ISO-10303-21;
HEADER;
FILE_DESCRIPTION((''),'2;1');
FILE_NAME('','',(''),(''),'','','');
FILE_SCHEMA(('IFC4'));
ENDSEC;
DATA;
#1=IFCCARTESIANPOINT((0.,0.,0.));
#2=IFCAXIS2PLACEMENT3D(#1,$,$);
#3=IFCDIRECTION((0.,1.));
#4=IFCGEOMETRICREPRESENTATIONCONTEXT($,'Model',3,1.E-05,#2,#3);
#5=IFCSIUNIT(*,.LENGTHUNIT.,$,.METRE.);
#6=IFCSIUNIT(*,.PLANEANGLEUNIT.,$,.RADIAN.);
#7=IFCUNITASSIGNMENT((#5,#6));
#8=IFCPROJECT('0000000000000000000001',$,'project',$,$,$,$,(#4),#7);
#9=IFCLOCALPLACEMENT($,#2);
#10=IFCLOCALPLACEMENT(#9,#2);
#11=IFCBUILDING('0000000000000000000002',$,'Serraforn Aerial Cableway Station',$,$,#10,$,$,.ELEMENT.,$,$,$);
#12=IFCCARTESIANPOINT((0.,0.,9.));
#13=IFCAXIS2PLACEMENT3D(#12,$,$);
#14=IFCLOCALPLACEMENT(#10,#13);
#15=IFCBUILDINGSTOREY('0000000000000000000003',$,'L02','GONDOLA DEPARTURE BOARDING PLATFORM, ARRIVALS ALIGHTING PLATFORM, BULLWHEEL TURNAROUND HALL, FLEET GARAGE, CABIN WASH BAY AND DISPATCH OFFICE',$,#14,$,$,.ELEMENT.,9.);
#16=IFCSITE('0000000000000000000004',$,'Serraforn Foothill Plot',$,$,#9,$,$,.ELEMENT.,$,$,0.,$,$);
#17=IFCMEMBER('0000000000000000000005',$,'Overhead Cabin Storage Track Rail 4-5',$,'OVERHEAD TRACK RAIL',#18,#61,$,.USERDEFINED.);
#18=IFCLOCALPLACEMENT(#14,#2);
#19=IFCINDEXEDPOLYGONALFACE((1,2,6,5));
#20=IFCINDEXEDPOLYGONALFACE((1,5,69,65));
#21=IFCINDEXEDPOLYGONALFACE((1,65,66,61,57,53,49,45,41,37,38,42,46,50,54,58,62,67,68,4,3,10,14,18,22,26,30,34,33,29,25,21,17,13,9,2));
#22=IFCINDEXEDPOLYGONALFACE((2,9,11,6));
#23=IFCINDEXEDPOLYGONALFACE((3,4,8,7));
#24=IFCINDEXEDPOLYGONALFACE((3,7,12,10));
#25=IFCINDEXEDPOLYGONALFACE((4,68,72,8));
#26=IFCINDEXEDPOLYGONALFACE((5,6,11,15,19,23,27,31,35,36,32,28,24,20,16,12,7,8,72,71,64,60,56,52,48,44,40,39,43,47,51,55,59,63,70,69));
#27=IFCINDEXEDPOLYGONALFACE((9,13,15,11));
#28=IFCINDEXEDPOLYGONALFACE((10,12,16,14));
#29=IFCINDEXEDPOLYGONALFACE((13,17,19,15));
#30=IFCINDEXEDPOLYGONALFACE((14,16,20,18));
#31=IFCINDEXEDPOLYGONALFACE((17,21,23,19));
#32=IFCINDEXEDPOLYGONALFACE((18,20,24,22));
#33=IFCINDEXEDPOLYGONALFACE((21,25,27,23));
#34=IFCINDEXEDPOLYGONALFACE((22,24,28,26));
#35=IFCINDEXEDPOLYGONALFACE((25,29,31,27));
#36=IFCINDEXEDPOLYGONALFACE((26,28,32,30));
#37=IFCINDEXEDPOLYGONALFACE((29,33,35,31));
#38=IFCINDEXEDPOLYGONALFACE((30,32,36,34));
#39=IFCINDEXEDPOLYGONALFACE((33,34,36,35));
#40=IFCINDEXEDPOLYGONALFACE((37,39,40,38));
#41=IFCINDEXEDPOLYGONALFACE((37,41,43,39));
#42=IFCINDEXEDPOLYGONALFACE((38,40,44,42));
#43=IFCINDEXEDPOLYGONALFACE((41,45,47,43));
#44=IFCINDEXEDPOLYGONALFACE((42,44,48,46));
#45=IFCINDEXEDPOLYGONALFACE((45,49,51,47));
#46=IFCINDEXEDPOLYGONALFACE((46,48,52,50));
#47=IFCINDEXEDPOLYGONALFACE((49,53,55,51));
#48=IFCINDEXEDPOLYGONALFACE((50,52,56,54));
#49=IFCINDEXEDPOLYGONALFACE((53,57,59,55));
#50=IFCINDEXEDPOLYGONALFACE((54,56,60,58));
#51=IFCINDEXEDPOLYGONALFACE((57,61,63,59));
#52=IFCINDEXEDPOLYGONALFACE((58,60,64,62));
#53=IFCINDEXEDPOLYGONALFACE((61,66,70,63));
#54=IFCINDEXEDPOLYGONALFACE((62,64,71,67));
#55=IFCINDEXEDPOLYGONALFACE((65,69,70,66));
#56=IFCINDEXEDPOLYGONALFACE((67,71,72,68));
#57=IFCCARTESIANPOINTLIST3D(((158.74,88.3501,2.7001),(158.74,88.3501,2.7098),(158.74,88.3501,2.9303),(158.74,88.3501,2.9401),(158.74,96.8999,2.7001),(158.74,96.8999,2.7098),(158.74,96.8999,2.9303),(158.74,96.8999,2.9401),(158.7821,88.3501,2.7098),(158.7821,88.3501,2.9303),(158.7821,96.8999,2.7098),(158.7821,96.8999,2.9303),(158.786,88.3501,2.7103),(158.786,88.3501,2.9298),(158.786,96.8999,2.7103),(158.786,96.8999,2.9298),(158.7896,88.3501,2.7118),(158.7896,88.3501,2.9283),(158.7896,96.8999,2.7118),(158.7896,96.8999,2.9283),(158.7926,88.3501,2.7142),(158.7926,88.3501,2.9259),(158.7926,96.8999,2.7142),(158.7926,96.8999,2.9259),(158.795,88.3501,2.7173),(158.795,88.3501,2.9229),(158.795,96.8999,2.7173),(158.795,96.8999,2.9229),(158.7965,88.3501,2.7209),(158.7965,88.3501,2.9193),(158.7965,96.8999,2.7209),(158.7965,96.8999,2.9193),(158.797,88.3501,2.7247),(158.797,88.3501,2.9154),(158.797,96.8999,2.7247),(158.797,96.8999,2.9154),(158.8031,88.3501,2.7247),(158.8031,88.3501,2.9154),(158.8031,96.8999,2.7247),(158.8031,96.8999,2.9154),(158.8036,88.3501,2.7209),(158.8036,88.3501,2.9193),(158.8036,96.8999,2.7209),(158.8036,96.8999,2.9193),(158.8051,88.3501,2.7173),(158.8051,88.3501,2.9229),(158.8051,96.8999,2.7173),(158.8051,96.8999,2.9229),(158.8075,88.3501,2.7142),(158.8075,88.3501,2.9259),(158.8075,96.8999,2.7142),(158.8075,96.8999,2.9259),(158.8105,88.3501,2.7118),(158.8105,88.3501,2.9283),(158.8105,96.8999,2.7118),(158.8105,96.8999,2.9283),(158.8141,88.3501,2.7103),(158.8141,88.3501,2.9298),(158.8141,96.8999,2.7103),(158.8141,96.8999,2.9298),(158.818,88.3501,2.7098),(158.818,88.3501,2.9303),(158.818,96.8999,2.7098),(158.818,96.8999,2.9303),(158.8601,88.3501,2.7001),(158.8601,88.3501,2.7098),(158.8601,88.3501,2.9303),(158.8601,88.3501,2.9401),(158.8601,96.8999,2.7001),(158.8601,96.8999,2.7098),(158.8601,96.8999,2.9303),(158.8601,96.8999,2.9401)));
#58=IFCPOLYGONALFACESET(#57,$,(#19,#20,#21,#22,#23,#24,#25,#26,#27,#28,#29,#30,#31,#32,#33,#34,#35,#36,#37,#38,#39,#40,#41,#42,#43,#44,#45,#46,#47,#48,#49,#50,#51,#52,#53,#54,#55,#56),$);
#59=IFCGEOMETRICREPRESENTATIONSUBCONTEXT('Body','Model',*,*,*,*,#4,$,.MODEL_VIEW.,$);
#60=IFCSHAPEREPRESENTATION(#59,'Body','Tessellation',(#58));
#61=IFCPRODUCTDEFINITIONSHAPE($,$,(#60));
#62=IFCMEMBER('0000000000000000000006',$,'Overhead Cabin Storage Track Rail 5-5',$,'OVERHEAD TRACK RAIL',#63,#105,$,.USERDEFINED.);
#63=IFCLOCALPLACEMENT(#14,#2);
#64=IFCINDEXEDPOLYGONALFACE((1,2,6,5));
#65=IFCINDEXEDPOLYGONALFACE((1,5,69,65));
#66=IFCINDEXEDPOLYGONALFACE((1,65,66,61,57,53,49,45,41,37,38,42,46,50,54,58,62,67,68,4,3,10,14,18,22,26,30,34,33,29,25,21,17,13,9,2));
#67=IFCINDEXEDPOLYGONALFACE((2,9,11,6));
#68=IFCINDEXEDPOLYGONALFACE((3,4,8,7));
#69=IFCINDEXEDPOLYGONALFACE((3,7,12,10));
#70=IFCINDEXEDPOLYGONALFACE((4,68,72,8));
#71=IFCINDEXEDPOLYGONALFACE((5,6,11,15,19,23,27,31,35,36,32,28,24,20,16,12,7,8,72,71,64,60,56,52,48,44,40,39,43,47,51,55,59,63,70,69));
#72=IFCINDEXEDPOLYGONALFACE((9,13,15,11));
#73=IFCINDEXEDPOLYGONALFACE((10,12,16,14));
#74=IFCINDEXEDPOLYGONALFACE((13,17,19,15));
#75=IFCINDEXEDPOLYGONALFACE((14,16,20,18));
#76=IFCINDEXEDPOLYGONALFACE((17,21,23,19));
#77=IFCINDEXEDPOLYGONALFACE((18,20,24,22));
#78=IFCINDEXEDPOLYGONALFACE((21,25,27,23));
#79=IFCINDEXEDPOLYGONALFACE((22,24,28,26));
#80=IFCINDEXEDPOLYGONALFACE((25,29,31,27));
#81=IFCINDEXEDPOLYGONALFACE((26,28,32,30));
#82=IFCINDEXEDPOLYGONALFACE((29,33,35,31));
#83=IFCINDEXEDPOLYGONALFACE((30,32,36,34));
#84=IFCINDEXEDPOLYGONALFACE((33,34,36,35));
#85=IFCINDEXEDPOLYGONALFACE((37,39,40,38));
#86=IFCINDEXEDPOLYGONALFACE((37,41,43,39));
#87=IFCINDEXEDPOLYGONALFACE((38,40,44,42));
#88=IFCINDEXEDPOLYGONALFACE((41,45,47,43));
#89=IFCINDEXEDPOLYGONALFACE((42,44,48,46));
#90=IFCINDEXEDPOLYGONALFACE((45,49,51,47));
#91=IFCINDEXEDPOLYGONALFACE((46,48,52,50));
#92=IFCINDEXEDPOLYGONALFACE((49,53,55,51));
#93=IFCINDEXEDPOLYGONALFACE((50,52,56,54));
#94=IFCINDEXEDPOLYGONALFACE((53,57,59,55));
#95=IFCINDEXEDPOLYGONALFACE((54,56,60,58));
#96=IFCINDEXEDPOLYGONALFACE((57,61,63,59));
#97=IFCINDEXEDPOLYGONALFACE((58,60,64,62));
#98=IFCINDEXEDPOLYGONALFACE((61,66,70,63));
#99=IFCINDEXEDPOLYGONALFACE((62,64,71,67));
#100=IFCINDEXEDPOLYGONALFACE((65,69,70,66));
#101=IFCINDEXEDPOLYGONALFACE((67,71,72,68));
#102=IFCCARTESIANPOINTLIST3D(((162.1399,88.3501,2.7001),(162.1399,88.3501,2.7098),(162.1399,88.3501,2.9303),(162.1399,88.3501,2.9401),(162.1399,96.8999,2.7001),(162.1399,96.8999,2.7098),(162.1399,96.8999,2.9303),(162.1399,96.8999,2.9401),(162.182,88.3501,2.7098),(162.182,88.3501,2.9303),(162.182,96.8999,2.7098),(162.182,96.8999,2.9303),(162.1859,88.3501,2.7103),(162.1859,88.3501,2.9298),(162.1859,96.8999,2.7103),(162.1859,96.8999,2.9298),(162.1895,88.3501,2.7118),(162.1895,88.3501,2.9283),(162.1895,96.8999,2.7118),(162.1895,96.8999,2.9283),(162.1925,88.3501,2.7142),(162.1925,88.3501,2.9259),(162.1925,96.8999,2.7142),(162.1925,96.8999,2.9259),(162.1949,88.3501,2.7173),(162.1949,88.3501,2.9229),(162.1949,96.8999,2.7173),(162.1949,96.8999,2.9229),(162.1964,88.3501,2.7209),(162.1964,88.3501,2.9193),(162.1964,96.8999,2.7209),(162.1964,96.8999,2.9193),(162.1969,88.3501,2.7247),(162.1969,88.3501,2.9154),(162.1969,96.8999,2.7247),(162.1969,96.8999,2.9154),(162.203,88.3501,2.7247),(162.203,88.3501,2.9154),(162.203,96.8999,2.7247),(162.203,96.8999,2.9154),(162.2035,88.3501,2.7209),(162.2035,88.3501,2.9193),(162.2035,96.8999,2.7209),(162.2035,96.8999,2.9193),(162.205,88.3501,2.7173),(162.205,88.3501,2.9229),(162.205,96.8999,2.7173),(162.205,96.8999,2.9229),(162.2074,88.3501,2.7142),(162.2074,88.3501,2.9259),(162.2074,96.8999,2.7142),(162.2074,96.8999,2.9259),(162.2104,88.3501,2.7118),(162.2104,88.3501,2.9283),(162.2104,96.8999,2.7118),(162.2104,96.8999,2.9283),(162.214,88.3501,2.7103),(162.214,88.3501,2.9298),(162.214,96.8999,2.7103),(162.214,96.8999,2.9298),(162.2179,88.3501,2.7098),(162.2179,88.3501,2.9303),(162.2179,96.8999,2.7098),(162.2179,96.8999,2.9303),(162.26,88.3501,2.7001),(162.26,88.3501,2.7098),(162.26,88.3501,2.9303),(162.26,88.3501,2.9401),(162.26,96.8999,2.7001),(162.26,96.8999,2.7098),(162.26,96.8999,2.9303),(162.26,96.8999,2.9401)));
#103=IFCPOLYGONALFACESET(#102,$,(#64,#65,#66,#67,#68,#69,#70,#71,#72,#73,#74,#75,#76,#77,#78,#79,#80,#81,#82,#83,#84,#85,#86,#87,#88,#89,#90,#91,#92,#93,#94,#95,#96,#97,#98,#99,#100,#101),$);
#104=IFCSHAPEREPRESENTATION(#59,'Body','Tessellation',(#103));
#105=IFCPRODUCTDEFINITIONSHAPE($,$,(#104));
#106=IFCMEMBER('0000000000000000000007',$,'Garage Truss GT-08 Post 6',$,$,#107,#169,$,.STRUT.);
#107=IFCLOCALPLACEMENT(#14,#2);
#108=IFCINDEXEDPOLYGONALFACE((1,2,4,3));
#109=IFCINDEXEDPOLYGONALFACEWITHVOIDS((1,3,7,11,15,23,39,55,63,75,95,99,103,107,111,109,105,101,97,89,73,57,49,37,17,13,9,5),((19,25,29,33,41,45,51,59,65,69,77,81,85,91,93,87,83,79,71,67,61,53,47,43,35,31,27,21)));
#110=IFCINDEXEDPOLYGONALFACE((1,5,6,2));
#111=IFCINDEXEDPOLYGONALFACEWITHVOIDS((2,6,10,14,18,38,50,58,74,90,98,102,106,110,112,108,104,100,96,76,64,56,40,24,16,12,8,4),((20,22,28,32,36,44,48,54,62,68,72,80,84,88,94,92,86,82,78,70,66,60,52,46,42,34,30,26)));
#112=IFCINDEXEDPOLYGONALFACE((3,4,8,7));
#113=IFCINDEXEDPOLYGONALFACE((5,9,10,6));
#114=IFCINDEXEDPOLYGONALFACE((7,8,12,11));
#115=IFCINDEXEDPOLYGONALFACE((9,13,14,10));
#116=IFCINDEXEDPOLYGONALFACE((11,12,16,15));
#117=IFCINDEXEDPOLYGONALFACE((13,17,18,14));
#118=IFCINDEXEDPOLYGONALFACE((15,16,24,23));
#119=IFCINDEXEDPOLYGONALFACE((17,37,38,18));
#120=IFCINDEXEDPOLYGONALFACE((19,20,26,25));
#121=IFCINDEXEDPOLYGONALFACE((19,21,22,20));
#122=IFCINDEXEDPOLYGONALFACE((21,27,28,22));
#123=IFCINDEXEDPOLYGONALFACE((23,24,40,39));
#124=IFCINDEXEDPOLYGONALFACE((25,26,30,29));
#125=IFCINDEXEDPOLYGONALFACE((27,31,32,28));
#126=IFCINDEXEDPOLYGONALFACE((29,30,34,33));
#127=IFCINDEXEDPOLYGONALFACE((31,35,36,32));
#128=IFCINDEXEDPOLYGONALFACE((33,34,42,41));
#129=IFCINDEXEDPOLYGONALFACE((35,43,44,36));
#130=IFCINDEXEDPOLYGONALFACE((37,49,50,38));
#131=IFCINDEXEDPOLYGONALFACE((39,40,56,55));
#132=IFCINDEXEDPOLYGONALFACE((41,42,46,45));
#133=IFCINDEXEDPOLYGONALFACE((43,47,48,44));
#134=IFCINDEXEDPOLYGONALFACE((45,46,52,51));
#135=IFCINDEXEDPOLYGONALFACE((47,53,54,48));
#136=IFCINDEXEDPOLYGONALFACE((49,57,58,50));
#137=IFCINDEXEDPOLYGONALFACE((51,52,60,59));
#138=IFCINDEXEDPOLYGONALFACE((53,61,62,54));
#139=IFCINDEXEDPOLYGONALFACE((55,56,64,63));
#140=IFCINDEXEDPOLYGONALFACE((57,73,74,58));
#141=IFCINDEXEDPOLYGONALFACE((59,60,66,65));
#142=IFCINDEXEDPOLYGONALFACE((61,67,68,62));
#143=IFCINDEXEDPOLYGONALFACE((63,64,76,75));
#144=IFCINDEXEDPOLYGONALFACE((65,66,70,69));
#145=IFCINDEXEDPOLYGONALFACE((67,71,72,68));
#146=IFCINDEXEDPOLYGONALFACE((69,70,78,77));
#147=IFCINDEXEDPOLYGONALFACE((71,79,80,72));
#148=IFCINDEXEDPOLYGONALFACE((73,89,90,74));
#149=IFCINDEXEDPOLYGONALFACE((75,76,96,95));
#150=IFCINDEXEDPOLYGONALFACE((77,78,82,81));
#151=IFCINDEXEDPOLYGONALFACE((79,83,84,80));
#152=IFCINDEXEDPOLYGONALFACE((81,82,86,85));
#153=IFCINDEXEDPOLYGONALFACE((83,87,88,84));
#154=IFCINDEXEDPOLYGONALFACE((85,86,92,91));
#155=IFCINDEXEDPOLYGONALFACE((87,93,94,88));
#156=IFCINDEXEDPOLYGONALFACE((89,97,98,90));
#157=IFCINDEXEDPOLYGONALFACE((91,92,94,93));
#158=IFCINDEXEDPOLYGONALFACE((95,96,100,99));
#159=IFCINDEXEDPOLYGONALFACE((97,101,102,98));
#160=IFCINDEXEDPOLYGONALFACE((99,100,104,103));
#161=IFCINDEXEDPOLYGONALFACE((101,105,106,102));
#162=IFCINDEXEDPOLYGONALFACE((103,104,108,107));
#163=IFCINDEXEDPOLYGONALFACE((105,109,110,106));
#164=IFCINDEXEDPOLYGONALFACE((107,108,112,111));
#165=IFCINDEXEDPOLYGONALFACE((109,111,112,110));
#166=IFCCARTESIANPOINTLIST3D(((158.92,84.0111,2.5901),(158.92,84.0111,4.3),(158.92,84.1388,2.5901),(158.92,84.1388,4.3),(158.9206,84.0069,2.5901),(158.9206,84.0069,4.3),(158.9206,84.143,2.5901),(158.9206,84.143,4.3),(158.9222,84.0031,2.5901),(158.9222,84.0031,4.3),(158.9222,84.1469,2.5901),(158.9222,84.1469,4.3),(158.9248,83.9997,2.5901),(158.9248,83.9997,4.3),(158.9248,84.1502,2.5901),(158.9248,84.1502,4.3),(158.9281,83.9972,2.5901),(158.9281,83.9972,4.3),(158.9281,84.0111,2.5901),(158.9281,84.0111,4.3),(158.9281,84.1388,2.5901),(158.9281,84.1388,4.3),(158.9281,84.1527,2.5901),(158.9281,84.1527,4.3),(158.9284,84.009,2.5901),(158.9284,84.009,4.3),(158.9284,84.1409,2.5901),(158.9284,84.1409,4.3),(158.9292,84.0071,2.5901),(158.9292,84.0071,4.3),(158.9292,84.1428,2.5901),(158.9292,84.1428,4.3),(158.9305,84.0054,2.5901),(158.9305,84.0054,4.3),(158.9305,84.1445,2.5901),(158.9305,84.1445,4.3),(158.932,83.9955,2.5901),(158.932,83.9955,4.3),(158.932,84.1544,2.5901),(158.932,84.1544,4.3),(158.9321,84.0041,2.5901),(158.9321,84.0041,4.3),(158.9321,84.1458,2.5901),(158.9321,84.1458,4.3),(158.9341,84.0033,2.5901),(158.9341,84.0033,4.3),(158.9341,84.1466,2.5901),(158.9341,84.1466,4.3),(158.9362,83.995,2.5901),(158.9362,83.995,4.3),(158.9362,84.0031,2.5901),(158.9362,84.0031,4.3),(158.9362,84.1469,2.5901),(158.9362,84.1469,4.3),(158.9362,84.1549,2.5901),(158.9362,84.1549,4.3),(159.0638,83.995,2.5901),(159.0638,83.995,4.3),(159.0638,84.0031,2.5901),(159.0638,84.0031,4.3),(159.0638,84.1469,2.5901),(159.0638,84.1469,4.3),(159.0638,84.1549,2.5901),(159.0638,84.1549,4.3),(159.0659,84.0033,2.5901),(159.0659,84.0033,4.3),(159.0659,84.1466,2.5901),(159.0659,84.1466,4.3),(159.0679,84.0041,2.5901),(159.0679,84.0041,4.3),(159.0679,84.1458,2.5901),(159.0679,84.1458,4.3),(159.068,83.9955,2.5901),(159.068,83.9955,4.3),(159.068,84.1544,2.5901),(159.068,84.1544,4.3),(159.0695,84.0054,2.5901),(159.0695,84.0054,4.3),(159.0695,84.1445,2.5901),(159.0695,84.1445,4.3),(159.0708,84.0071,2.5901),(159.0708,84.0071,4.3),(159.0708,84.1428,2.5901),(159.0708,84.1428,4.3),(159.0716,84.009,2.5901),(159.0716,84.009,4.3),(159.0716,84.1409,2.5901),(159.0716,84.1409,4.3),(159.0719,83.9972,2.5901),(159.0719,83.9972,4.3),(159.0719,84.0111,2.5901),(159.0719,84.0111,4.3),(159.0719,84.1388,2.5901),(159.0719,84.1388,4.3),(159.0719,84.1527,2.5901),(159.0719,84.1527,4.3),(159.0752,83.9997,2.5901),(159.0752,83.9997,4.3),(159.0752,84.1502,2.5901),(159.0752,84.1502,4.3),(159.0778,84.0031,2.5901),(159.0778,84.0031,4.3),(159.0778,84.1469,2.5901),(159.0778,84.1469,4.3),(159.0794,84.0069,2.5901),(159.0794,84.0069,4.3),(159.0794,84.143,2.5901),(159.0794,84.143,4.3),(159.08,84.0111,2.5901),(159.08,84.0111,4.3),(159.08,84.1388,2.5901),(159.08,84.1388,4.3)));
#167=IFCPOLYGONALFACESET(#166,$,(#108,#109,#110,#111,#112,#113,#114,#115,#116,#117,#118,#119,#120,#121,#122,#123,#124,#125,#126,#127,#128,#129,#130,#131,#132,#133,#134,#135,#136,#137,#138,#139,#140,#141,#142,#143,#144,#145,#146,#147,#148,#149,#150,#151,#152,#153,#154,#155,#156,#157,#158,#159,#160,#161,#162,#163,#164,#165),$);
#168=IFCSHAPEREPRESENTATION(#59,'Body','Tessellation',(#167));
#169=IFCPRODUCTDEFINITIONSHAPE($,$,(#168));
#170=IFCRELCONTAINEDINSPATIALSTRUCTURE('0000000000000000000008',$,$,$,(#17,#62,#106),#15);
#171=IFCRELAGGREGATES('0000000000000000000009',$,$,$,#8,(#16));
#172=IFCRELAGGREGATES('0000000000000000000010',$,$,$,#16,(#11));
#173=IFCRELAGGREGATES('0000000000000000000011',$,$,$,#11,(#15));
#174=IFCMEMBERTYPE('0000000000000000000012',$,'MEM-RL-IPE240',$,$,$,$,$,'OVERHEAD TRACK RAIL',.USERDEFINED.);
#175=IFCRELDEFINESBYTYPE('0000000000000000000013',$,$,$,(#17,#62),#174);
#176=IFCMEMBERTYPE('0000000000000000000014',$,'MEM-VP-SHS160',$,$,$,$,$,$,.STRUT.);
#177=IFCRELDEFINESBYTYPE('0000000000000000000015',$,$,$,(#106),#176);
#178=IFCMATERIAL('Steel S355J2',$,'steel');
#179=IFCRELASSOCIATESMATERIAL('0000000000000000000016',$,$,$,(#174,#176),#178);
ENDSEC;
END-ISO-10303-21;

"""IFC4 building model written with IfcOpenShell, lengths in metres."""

from ifc_helpers import new_model, si_unit, direction, frame, origin, origin_2d, place, context, subcontext, project, spatial, hollow_rectangle, i_section, extrude, material, material_profile, profile_set, type_object, element, save


model = new_model("IFC4")

# Units and contexts
model_context = context("Model", 3, precision=1e-05, world=origin(), true_north=direction((0.0, 1.0)))
body_context = subcontext(model_context, "Body", "Model", "MODEL_VIEW")
ifc_project = project(units=[si_unit("LENGTHUNIT", "METRE"), si_unit("PLANEANGLEUNIT", "RADIAN")], contexts=[model_context])

# Site, building, storey
site_placement = place(None, origin())
site = spatial("IfcSite", under=ifc_project, at=site_placement, Name="Serraforn Foothill Plot", CompositionType="ELEMENT", RefElevation=0.0)
building_placement = place(site_placement, origin())
building = spatial("IfcBuilding", under=site, at=building_placement, Name="Serraforn Aerial Cableway Station", CompositionType="ELEMENT")
storey_placement = place(building_placement, frame((0.0, 0.0, 9.0)))
storey = spatial("IfcBuildingStorey", under=building, at=storey_placement, Name="L02", Description="GONDOLA DEPARTURE BOARDING PLATFORM, ARRIVALS ALIGHTING PLATFORM, BULLWHEEL TURNAROUND HALL, FLEET GARAGE, CABIN WASH BAY AND DISPATCH OFFICE", CompositionType="ELEMENT", Elevation=9.0)

# Members
ifc_material_1 = material(Name="Steel S355J2", Category="steel")
ifc_material_profile_1 = material_profile(ifc_material_1, i_section(OverallWidth=0.1201, OverallDepth=0.24, WebThickness=0.0061, FlangeThickness=0.0098, FilletRadius=0.0149, at=origin_2d()), Name="IPE 240")
ifc_profile_set_1 = profile_set([ifc_material_profile_1], Name="Steel S355J2")
member_type_1 = type_object("IfcMemberType", Name="MEM-RL-IPE240", ElementType="OVERHEAD TRACK RAIL", PredefinedType="USERDEFINED", material=ifc_profile_set_1)
for number, where, z_axis, x_axis, name in (
    (1, (158.8, 88.3501, 2.8201), (0.0, 1.0, 0.0), (-1.0, 0.0, 0.0), "Overhead Cabin Storage Track Rail 4-5"),
    (2, (162.2, 88.3501, 2.8201), (0.0, 1.0, 0.0), (-1.0, 0.0, 0.0), "Overhead Cabin Storage Track Rail 5-5"),
):
    element("IfcMember", number, at=place(storey_placement, frame(where, z_axis=z_axis, x_axis=x_axis)), inside=storey, type_object=member_type_1, Name=name, ObjectType="OVERHEAD TRACK RAIL", PredefinedType="USERDEFINED", context=body_context, shape_type="SweptSolid", body=[
        extrude(i_section(OverallWidth=0.1201, OverallDepth=0.24, WebThickness=0.0061, FlangeThickness=0.0098, FilletRadius=0.0149, at=origin_2d()), origin(), (0.0, 0.0, 1.0), 8.5498),
    ])
ifc_material_profile_2 = material_profile(ifc_material_1, hollow_rectangle(XDim=0.1599, YDim=0.1599, WallThickness=0.0081, InnerFilletRadius=0.0081, OuterFilletRadius=0.0161, at=origin_2d()), Name="SHS 160x160x8.0")
ifc_profile_set_2 = profile_set([ifc_material_profile_2], Name="Steel S355J2")
member_type_2 = type_object("IfcMemberType", Name="MEM-VP-SHS160", PredefinedType="STRUT", material=ifc_profile_set_2)
for number, where, z_axis, x_axis, name in (
    (3, (159.0, 84.075, 2.5901), (0.0, 0.0, 1.0), (1.0, 0.0, 0.0), "Garage Truss GT-08 Post 6"),
):
    element("IfcMember", number, at=place(storey_placement, frame(where, z_axis=z_axis, x_axis=x_axis)), inside=storey, type_object=member_type_2, Name=name, PredefinedType="STRUT", context=body_context, shape_type="SweptSolid", body=[
        extrude(hollow_rectangle(XDim=0.1599, YDim=0.1599, WallThickness=0.0081, InnerFilletRadius=0.0081, OuterFilletRadius=0.0161, at=origin_2d()), origin(), (0.0, 0.0, 1.0), 1.71),
    ])

save(model, "model.ifc")
